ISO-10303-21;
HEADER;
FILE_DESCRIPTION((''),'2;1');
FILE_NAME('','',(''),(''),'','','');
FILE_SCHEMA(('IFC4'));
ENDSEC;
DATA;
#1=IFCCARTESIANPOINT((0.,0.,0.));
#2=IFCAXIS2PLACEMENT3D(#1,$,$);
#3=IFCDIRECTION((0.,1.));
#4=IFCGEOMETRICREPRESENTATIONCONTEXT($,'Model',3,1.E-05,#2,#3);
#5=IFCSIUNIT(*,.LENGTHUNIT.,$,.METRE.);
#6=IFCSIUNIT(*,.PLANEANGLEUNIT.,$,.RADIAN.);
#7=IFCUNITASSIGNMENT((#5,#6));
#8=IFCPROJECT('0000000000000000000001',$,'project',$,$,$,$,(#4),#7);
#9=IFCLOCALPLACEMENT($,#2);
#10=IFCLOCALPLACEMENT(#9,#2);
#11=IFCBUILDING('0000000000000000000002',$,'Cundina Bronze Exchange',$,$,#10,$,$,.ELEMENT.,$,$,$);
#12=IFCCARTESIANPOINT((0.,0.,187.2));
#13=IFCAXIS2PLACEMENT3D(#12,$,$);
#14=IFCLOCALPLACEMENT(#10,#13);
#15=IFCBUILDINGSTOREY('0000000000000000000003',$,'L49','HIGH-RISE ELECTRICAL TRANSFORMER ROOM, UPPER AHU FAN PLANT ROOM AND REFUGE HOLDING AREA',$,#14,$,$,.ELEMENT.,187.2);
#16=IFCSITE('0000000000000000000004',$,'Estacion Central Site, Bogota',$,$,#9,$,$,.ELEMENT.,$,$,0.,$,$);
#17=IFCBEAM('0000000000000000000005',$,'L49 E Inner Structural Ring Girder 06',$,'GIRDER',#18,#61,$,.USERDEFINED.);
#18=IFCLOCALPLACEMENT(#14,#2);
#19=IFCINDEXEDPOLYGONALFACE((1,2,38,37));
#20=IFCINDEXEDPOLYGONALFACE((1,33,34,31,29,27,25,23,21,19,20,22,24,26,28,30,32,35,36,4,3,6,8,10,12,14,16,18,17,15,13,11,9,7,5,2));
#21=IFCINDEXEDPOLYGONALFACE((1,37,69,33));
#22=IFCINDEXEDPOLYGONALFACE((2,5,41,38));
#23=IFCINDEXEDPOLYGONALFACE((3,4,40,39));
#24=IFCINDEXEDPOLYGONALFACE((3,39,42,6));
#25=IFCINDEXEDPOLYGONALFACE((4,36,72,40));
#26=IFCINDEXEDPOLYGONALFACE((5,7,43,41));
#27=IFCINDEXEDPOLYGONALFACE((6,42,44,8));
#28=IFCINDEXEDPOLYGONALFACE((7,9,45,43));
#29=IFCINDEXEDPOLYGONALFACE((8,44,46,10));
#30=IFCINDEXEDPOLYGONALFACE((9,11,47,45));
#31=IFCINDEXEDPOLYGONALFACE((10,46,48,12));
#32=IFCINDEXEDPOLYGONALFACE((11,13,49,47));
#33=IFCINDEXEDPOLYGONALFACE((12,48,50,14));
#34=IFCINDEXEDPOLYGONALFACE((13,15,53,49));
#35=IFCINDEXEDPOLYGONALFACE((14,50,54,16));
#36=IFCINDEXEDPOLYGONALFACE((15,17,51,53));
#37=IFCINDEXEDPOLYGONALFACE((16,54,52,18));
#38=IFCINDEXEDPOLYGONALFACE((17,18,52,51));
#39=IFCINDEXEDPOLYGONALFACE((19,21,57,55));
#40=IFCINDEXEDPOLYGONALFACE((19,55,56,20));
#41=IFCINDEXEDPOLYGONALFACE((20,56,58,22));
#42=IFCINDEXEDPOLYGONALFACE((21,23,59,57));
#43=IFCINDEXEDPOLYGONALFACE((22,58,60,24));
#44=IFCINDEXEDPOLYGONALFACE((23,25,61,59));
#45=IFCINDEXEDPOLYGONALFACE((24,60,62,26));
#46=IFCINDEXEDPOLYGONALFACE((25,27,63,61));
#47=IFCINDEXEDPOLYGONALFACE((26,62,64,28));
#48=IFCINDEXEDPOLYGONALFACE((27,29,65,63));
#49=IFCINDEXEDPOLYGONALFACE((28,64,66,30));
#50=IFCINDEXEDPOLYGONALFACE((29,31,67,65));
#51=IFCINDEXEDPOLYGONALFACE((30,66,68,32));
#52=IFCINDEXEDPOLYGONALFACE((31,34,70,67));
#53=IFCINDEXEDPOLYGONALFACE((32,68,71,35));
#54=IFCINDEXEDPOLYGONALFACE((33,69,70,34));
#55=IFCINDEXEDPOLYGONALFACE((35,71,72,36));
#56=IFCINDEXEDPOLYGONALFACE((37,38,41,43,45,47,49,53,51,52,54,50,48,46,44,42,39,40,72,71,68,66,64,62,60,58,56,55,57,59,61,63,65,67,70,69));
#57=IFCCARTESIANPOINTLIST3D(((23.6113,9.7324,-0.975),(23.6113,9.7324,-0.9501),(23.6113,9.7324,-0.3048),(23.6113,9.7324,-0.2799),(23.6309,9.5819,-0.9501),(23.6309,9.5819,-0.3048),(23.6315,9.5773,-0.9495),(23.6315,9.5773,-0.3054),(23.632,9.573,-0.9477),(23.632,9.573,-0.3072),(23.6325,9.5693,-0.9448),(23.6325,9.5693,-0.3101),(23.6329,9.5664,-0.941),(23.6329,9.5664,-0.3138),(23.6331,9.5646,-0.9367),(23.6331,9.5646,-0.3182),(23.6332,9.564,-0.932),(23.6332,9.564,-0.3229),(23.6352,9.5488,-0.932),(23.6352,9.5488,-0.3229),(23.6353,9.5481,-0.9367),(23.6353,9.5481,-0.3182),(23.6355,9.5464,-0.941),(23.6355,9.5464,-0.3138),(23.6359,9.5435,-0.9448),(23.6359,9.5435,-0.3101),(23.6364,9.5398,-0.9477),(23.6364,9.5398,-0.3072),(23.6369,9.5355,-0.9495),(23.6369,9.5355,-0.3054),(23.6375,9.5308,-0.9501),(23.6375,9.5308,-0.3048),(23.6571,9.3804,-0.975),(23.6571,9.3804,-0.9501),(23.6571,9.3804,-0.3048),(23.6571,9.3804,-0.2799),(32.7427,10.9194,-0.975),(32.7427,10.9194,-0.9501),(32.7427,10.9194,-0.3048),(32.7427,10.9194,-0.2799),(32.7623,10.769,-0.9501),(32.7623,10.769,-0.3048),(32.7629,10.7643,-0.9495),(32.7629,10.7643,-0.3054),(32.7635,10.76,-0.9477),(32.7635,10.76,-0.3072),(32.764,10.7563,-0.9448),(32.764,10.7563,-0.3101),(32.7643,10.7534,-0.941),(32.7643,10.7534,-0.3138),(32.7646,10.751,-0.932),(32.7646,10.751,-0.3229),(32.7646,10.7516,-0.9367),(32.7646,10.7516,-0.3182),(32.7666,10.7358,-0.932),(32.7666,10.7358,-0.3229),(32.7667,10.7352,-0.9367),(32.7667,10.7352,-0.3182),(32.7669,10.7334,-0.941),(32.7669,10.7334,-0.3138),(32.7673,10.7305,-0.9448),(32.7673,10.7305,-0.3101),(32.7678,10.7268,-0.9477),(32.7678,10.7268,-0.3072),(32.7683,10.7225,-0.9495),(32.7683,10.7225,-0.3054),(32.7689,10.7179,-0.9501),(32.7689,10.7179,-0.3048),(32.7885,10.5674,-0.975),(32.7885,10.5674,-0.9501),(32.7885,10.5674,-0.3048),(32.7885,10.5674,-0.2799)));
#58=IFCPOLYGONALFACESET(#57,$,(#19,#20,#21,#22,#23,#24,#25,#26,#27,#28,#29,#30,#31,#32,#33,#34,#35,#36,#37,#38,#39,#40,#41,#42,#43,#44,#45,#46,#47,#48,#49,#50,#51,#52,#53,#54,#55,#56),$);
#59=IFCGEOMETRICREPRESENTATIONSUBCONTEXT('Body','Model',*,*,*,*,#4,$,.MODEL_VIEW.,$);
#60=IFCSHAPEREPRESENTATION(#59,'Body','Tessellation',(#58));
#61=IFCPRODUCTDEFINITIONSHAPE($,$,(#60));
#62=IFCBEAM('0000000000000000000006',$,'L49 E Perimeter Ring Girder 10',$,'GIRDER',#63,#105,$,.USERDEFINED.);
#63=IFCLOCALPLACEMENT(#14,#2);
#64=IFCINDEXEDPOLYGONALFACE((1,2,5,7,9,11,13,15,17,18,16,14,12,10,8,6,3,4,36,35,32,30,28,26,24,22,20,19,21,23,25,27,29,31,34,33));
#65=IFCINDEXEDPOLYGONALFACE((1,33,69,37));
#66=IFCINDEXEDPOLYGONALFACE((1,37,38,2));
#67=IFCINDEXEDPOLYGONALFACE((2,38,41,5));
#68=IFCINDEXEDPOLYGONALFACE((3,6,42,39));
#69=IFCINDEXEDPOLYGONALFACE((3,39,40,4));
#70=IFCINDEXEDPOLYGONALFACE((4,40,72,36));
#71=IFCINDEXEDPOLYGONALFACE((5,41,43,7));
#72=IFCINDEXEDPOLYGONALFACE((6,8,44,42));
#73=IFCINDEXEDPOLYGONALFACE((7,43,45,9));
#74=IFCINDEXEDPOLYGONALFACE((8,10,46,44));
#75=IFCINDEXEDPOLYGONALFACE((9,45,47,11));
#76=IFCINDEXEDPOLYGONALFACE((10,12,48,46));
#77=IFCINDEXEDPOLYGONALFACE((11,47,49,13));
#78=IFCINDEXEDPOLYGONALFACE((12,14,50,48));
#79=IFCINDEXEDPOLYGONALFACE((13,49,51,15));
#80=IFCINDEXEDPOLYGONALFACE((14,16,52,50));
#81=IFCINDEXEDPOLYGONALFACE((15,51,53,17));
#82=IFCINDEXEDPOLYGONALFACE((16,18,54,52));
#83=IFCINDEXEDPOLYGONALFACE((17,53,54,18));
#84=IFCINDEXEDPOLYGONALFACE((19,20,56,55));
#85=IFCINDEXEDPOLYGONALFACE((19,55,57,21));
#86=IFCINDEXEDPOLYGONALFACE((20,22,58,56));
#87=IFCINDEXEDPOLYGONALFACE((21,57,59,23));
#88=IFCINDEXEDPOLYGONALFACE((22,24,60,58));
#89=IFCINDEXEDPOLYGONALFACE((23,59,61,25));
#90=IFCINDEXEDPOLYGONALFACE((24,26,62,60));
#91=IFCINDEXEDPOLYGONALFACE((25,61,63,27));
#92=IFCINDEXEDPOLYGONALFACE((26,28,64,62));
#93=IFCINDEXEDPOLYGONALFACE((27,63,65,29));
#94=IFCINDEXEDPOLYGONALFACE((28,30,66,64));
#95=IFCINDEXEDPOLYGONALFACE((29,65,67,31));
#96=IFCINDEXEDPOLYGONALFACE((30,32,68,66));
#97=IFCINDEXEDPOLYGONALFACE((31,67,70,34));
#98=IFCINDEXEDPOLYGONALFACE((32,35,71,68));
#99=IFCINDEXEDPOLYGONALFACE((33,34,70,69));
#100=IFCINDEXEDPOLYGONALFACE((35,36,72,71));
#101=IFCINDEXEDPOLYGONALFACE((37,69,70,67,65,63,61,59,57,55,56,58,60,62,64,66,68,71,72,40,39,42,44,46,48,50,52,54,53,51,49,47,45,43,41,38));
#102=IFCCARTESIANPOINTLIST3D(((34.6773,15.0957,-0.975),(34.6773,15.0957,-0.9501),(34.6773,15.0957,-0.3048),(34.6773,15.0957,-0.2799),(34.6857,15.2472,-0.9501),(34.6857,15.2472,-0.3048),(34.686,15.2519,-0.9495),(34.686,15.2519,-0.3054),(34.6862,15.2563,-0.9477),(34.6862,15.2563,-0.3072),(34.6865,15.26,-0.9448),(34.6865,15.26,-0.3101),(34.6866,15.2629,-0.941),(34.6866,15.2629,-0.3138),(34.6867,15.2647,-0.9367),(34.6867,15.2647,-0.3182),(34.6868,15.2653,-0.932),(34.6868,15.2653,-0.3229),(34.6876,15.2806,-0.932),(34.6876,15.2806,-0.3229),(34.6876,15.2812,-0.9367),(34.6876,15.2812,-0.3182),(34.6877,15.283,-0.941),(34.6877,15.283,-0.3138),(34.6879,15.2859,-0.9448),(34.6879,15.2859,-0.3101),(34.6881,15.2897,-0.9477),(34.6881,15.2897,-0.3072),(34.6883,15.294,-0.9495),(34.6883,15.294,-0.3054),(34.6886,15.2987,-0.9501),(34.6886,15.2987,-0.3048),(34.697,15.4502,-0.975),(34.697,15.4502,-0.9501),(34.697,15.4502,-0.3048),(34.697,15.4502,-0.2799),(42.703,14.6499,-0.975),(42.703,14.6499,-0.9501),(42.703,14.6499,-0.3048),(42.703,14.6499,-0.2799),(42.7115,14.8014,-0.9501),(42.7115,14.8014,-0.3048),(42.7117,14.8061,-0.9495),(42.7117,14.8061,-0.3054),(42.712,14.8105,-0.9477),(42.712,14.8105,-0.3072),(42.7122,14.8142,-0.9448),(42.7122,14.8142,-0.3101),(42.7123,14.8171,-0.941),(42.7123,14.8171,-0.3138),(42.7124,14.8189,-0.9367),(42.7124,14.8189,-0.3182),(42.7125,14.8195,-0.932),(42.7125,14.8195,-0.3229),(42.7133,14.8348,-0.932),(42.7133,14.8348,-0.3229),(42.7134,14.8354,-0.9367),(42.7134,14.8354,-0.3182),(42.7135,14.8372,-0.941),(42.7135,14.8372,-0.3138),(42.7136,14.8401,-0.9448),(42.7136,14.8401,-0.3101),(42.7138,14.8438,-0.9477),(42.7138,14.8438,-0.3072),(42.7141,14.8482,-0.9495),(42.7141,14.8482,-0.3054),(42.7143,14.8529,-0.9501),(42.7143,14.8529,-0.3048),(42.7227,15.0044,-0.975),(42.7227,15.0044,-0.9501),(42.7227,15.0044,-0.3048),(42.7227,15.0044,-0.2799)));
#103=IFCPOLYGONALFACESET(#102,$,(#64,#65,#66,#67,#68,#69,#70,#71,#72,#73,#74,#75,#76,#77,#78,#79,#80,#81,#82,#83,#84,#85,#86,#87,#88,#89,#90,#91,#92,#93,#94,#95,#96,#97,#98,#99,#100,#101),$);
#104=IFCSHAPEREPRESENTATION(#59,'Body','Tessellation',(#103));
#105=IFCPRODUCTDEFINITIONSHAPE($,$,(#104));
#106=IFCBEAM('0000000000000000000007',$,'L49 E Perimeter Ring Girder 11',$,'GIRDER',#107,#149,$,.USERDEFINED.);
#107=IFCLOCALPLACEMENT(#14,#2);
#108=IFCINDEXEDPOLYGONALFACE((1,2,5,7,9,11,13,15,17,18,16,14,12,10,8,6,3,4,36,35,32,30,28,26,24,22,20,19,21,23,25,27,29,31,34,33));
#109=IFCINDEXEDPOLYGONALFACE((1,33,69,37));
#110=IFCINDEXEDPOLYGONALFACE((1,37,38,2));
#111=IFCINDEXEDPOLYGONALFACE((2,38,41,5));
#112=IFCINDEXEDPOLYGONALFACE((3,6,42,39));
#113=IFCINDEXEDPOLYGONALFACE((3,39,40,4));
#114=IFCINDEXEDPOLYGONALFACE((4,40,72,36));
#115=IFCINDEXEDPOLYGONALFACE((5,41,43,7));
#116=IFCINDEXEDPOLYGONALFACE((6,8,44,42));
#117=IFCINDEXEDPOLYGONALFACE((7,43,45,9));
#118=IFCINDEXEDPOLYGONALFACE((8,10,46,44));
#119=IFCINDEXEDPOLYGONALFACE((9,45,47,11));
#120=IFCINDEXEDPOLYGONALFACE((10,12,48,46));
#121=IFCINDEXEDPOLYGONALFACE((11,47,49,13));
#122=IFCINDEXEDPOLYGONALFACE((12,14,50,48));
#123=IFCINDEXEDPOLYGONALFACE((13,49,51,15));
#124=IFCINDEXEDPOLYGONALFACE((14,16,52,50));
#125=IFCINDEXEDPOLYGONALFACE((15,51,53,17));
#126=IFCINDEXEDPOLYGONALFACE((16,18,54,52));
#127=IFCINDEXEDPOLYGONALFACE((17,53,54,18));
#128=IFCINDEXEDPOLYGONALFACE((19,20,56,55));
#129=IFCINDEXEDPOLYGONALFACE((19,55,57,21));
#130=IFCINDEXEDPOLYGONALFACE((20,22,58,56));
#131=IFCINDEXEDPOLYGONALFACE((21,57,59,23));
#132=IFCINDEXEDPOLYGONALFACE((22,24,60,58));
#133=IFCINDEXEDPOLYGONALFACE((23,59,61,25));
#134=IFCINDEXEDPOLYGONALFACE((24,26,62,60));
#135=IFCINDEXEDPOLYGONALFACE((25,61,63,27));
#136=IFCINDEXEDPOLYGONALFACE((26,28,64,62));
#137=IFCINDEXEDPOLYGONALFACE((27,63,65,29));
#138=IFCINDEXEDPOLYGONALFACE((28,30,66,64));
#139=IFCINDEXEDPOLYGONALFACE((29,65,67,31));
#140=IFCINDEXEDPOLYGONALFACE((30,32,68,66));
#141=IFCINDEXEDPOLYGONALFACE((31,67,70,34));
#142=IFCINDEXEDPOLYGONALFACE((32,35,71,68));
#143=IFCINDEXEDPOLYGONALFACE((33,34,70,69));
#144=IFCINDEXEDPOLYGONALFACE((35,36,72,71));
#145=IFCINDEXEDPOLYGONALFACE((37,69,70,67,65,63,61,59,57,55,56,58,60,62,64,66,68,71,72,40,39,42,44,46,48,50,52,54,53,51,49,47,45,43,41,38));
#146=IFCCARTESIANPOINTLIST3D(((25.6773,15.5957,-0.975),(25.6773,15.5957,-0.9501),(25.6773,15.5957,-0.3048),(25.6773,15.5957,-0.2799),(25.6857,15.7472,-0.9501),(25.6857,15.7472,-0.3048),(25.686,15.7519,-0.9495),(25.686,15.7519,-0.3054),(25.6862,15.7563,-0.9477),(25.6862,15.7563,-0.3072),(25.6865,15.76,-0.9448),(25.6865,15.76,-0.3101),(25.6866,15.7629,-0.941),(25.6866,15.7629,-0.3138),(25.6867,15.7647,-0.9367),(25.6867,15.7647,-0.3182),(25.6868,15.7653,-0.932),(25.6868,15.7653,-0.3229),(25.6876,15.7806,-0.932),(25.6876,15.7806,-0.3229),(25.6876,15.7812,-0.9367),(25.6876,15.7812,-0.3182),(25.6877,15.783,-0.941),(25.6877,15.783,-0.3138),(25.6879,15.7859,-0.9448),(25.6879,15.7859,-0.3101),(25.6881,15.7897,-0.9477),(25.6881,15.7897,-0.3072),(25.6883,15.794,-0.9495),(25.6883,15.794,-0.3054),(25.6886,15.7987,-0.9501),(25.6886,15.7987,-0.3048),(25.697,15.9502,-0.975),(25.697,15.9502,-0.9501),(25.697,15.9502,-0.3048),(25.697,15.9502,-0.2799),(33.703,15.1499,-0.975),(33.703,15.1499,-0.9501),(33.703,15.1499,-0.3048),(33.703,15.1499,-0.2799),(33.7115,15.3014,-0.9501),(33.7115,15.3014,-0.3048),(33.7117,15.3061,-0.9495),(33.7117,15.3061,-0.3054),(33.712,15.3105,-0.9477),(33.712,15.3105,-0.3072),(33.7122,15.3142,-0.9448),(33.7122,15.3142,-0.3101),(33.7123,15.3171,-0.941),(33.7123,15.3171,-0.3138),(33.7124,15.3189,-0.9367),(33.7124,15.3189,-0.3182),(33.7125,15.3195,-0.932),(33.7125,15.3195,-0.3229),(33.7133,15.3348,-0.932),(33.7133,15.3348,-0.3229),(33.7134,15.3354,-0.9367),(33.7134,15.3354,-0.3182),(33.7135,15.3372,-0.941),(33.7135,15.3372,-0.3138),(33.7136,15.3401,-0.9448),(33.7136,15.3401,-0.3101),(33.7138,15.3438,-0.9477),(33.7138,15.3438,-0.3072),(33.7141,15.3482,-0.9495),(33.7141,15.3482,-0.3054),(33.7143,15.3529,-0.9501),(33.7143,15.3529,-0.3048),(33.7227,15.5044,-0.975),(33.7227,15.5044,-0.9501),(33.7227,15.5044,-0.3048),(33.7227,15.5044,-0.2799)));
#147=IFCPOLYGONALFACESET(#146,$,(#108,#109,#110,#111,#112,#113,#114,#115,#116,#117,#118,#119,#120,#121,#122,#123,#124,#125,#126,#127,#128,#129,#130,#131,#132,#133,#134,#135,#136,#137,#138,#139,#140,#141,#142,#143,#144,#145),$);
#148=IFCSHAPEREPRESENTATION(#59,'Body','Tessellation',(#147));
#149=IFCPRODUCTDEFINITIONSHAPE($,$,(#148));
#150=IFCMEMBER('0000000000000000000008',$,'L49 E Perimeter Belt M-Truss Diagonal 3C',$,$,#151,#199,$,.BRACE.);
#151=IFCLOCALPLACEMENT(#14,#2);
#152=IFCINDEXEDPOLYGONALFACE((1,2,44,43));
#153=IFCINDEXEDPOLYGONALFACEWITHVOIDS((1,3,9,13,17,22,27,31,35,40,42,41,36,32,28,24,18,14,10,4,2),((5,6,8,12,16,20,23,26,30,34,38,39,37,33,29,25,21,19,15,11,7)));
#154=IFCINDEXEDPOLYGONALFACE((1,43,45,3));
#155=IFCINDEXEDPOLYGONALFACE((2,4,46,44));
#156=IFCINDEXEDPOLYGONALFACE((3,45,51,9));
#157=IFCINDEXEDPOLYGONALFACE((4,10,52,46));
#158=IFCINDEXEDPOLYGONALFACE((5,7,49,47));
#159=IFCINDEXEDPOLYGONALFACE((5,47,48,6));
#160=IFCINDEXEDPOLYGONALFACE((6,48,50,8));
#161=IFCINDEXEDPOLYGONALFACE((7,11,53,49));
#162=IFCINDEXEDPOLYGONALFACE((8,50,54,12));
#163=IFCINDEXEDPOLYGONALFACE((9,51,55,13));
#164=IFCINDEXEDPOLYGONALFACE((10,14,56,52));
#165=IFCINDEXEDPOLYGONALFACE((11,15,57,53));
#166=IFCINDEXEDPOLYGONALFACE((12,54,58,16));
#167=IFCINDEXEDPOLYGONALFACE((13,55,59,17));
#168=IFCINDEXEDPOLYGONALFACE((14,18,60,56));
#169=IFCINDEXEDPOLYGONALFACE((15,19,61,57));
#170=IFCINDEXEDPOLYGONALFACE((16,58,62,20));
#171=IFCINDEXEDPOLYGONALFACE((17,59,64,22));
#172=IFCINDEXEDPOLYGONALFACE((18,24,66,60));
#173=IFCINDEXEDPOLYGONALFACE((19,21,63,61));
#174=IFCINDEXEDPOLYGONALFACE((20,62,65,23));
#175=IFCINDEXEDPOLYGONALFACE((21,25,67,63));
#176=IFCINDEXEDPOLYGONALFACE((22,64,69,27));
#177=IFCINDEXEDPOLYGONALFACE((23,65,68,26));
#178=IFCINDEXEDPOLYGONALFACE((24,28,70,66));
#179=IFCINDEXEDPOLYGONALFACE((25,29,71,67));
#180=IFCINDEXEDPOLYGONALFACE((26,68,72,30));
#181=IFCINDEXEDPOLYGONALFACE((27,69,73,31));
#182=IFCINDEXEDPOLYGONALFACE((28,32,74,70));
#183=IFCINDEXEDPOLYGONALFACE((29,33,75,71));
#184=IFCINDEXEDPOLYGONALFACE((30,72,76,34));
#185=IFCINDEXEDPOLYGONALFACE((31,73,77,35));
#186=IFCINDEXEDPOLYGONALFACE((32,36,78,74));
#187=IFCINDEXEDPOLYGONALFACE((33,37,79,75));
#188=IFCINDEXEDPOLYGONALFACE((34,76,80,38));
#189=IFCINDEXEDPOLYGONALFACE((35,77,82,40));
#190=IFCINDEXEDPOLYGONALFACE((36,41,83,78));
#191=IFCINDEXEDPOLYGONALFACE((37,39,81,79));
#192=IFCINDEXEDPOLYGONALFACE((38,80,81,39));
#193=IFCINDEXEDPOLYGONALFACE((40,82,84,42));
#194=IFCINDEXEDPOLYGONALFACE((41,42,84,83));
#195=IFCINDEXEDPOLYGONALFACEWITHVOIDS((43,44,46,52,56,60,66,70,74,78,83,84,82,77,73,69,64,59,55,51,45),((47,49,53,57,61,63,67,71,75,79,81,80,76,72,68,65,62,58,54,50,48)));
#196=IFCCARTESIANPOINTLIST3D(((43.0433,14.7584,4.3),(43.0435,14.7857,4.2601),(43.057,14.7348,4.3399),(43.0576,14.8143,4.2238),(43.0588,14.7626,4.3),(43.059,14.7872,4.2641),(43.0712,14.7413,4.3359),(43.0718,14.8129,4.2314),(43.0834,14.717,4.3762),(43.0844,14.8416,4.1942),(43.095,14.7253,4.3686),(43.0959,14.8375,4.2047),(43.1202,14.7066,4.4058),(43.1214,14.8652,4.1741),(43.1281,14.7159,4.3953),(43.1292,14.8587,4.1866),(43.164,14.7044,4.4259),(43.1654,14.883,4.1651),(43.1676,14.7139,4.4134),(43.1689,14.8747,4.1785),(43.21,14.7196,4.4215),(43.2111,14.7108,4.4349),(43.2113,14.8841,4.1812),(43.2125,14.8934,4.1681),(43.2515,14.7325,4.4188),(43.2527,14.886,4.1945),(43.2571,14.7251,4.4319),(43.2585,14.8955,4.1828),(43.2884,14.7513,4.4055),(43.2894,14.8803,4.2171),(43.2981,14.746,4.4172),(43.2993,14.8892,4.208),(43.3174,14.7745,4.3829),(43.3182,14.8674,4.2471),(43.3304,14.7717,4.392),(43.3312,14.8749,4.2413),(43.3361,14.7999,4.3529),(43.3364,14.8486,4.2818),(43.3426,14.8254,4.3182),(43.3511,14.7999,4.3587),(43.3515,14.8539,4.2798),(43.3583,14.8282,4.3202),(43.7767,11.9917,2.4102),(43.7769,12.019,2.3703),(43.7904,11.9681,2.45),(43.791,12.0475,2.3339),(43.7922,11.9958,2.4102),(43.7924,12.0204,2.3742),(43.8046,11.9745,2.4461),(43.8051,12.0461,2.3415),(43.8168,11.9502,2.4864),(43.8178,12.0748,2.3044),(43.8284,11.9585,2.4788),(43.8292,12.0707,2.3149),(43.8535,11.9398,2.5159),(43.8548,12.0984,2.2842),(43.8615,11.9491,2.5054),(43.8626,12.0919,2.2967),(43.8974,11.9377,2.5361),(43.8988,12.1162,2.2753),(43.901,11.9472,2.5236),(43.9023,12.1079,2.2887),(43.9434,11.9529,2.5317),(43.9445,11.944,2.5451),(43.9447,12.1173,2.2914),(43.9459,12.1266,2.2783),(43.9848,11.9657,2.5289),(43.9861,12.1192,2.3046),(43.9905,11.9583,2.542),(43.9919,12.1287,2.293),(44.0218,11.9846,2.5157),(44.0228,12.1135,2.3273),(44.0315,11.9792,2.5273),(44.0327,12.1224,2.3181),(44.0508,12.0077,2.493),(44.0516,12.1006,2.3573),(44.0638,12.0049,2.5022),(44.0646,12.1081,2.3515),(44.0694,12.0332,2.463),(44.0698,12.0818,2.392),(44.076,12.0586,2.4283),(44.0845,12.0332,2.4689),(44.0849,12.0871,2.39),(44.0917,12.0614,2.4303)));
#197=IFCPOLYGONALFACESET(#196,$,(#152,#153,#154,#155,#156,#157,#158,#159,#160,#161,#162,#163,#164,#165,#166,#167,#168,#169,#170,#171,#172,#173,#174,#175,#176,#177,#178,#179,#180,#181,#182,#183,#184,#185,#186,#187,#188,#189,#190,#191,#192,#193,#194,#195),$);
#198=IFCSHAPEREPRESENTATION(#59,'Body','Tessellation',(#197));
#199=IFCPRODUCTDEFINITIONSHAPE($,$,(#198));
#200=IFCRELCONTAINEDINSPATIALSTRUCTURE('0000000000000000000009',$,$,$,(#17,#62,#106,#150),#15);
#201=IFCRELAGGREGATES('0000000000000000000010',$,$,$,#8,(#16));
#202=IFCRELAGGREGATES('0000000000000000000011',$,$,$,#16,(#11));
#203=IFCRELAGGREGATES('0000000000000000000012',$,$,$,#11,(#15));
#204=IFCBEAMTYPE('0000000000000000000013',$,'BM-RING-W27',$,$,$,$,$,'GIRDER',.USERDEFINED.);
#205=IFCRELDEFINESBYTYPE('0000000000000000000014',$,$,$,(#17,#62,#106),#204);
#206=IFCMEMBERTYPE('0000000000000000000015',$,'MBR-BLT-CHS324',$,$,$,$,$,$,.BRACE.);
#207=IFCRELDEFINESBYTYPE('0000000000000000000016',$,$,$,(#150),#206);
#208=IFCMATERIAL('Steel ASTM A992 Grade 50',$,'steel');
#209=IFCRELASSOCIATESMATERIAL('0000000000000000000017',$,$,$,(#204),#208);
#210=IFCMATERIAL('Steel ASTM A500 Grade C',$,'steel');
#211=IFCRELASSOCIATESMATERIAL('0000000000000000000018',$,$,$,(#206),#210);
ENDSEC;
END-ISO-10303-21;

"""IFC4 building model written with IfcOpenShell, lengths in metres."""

from ifc_helpers import new_model, si_unit, direction, frame, origin, origin_2d, place, context, subcontext, project, spatial, hollow_circle, i_section, extrude, material, material_profile, profile_set, type_object, element, save


model = new_model("IFC4")

# Units and contexts
model_context = context("Model", 3, precision=1e-05, world=origin(), true_north=direction((0.0, 1.0)))
body_context = subcontext(model_context, "Body", "Model", "MODEL_VIEW")
ifc_project = project(units=[si_unit("LENGTHUNIT", "METRE"), si_unit("PLANEANGLEUNIT", "RADIAN")], contexts=[model_context])

# Site, building, storey
site_placement = place(None, origin())
site = spatial("IfcSite", under=ifc_project, at=site_placement, Name="Estacion Central Site, Bogota", CompositionType="ELEMENT", RefElevation=0.0)
building_placement = place(site_placement, origin())
building = spatial("IfcBuilding", under=site, at=building_placement, Name="Cundina Bronze Exchange", CompositionType="ELEMENT")
storey_placement = place(building_placement, frame((0.0, 0.0, 187.2)))
storey = spatial("IfcBuildingStorey", under=building, at=storey_placement, Name="L49", Description="HIGH-RISE ELECTRICAL TRANSFORMER ROOM, UPPER AHU FAN PLANT ROOM AND REFUGE HOLDING AREA", CompositionType="ELEMENT", Elevation=187.2)

# Beams
ifc_material_1 = material(Name="Steel ASTM A992 Grade 50", Category="steel")
ifc_material_profile_1 = material_profile(ifc_material_1, i_section(OverallWidth=0.355, OverallDepth=0.6951, WebThickness=0.0154, FlangeThickness=0.0249, FilletRadius=0.0181, at=origin_2d()), Name="W27X146", Category="steel")
ifc_profile_set_1 = profile_set([ifc_material_profile_1], Name="Steel ASTM A992 Grade 50")
beam_type_1 = type_object("IfcBeamType", Name="BM-RING-W27", ElementType="GIRDER", PredefinedType="USERDEFINED", material=ifc_profile_set_1)
beam_1_placement = place(storey_placement, frame((32.7656, 10.7434, -0.6274), z_axis=(-0.991656, -0.128908, 0.0), x_axis=(0.128908, -0.991656, 0.0)))
element("IfcBeam", 1, at=beam_1_placement, inside=storey, type_object=beam_type_1, Name="L49 E Inner Structural Ring Girder 06", ObjectType="GIRDER", PredefinedType="USERDEFINED", context=body_context, shape_type="SweptSolid", body=[
    extrude(i_section(OverallWidth=0.355, OverallDepth=0.6951, WebThickness=0.0154, FlangeThickness=0.0249, FilletRadius=0.0181, at=origin_2d()), origin(), (0.0, 0.0, 1.0), 9.2083),
])
for number, where, z_axis, x_axis, name in (
    (2, (42.7129, 14.8271, -0.6274), (-0.998461, 0.055462, 0.0), (-0.055462, -0.998461, 0.0), "L49 E Perimeter Ring Girder 10"),
    (3, (33.7129, 15.3271, -0.6274), (-0.998461, 0.055462, 0.0), (-0.055462, -0.998461, 0.0), "L49 E Perimeter Ring Girder 11"),
):
    element("IfcBeam", number, at=place(storey_placement, frame(where, z_axis=z_axis, x_axis=x_axis)), inside=storey, type_object=beam_type_1, Name=name, ObjectType="GIRDER", PredefinedType="USERDEFINED", context=body_context, shape_type="SweptSolid", body=[
        extrude(i_section(OverallWidth=0.355, OverallDepth=0.6951, WebThickness=0.0154, FlangeThickness=0.0249, FilletRadius=0.0181, at=origin_2d()), origin(), (0.0, 0.0, 1.0), 8.0381),
    ])

# Member
ifc_material_2 = material(Name="Steel ASTM A500 Grade C", Category="steel")
ifc_material_profile_2 = material_profile(ifc_material_2, hollow_circle(Radius=0.1621, WallThickness=0.0161, at=origin_2d()), Name="CHS324X16", Category="steel")
ifc_profile_set_2 = profile_set([ifc_material_profile_2], Name="Steel ASTM A500 Grade C")
member_type_1 = type_object("IfcMemberType", Name="MBR-BLT-CHS324", PredefinedType="BRACE", material=ifc_profile_set_2)
member_1_placement = place(storey_placement, frame((43.9333, 12.0332, 2.4102), z_axis=(-0.213818, 0.806657, 0.550987), x_axis=(-0.966619, -0.256218, 0.0)))
element("IfcMember", 4, at=member_1_placement, inside=storey, type_object=member_type_1, Name="L49 E Perimeter Belt M-Truss Diagonal 3C", PredefinedType="BRACE", context=body_context, shape_type="SweptSolid", body=[
    extrude(hollow_circle(Radius=0.1621, WallThickness=0.0161, at=origin_2d()), origin(), (0.0, 0.0, 1.0), 3.4299),
])

save(model, "model.ifc")
